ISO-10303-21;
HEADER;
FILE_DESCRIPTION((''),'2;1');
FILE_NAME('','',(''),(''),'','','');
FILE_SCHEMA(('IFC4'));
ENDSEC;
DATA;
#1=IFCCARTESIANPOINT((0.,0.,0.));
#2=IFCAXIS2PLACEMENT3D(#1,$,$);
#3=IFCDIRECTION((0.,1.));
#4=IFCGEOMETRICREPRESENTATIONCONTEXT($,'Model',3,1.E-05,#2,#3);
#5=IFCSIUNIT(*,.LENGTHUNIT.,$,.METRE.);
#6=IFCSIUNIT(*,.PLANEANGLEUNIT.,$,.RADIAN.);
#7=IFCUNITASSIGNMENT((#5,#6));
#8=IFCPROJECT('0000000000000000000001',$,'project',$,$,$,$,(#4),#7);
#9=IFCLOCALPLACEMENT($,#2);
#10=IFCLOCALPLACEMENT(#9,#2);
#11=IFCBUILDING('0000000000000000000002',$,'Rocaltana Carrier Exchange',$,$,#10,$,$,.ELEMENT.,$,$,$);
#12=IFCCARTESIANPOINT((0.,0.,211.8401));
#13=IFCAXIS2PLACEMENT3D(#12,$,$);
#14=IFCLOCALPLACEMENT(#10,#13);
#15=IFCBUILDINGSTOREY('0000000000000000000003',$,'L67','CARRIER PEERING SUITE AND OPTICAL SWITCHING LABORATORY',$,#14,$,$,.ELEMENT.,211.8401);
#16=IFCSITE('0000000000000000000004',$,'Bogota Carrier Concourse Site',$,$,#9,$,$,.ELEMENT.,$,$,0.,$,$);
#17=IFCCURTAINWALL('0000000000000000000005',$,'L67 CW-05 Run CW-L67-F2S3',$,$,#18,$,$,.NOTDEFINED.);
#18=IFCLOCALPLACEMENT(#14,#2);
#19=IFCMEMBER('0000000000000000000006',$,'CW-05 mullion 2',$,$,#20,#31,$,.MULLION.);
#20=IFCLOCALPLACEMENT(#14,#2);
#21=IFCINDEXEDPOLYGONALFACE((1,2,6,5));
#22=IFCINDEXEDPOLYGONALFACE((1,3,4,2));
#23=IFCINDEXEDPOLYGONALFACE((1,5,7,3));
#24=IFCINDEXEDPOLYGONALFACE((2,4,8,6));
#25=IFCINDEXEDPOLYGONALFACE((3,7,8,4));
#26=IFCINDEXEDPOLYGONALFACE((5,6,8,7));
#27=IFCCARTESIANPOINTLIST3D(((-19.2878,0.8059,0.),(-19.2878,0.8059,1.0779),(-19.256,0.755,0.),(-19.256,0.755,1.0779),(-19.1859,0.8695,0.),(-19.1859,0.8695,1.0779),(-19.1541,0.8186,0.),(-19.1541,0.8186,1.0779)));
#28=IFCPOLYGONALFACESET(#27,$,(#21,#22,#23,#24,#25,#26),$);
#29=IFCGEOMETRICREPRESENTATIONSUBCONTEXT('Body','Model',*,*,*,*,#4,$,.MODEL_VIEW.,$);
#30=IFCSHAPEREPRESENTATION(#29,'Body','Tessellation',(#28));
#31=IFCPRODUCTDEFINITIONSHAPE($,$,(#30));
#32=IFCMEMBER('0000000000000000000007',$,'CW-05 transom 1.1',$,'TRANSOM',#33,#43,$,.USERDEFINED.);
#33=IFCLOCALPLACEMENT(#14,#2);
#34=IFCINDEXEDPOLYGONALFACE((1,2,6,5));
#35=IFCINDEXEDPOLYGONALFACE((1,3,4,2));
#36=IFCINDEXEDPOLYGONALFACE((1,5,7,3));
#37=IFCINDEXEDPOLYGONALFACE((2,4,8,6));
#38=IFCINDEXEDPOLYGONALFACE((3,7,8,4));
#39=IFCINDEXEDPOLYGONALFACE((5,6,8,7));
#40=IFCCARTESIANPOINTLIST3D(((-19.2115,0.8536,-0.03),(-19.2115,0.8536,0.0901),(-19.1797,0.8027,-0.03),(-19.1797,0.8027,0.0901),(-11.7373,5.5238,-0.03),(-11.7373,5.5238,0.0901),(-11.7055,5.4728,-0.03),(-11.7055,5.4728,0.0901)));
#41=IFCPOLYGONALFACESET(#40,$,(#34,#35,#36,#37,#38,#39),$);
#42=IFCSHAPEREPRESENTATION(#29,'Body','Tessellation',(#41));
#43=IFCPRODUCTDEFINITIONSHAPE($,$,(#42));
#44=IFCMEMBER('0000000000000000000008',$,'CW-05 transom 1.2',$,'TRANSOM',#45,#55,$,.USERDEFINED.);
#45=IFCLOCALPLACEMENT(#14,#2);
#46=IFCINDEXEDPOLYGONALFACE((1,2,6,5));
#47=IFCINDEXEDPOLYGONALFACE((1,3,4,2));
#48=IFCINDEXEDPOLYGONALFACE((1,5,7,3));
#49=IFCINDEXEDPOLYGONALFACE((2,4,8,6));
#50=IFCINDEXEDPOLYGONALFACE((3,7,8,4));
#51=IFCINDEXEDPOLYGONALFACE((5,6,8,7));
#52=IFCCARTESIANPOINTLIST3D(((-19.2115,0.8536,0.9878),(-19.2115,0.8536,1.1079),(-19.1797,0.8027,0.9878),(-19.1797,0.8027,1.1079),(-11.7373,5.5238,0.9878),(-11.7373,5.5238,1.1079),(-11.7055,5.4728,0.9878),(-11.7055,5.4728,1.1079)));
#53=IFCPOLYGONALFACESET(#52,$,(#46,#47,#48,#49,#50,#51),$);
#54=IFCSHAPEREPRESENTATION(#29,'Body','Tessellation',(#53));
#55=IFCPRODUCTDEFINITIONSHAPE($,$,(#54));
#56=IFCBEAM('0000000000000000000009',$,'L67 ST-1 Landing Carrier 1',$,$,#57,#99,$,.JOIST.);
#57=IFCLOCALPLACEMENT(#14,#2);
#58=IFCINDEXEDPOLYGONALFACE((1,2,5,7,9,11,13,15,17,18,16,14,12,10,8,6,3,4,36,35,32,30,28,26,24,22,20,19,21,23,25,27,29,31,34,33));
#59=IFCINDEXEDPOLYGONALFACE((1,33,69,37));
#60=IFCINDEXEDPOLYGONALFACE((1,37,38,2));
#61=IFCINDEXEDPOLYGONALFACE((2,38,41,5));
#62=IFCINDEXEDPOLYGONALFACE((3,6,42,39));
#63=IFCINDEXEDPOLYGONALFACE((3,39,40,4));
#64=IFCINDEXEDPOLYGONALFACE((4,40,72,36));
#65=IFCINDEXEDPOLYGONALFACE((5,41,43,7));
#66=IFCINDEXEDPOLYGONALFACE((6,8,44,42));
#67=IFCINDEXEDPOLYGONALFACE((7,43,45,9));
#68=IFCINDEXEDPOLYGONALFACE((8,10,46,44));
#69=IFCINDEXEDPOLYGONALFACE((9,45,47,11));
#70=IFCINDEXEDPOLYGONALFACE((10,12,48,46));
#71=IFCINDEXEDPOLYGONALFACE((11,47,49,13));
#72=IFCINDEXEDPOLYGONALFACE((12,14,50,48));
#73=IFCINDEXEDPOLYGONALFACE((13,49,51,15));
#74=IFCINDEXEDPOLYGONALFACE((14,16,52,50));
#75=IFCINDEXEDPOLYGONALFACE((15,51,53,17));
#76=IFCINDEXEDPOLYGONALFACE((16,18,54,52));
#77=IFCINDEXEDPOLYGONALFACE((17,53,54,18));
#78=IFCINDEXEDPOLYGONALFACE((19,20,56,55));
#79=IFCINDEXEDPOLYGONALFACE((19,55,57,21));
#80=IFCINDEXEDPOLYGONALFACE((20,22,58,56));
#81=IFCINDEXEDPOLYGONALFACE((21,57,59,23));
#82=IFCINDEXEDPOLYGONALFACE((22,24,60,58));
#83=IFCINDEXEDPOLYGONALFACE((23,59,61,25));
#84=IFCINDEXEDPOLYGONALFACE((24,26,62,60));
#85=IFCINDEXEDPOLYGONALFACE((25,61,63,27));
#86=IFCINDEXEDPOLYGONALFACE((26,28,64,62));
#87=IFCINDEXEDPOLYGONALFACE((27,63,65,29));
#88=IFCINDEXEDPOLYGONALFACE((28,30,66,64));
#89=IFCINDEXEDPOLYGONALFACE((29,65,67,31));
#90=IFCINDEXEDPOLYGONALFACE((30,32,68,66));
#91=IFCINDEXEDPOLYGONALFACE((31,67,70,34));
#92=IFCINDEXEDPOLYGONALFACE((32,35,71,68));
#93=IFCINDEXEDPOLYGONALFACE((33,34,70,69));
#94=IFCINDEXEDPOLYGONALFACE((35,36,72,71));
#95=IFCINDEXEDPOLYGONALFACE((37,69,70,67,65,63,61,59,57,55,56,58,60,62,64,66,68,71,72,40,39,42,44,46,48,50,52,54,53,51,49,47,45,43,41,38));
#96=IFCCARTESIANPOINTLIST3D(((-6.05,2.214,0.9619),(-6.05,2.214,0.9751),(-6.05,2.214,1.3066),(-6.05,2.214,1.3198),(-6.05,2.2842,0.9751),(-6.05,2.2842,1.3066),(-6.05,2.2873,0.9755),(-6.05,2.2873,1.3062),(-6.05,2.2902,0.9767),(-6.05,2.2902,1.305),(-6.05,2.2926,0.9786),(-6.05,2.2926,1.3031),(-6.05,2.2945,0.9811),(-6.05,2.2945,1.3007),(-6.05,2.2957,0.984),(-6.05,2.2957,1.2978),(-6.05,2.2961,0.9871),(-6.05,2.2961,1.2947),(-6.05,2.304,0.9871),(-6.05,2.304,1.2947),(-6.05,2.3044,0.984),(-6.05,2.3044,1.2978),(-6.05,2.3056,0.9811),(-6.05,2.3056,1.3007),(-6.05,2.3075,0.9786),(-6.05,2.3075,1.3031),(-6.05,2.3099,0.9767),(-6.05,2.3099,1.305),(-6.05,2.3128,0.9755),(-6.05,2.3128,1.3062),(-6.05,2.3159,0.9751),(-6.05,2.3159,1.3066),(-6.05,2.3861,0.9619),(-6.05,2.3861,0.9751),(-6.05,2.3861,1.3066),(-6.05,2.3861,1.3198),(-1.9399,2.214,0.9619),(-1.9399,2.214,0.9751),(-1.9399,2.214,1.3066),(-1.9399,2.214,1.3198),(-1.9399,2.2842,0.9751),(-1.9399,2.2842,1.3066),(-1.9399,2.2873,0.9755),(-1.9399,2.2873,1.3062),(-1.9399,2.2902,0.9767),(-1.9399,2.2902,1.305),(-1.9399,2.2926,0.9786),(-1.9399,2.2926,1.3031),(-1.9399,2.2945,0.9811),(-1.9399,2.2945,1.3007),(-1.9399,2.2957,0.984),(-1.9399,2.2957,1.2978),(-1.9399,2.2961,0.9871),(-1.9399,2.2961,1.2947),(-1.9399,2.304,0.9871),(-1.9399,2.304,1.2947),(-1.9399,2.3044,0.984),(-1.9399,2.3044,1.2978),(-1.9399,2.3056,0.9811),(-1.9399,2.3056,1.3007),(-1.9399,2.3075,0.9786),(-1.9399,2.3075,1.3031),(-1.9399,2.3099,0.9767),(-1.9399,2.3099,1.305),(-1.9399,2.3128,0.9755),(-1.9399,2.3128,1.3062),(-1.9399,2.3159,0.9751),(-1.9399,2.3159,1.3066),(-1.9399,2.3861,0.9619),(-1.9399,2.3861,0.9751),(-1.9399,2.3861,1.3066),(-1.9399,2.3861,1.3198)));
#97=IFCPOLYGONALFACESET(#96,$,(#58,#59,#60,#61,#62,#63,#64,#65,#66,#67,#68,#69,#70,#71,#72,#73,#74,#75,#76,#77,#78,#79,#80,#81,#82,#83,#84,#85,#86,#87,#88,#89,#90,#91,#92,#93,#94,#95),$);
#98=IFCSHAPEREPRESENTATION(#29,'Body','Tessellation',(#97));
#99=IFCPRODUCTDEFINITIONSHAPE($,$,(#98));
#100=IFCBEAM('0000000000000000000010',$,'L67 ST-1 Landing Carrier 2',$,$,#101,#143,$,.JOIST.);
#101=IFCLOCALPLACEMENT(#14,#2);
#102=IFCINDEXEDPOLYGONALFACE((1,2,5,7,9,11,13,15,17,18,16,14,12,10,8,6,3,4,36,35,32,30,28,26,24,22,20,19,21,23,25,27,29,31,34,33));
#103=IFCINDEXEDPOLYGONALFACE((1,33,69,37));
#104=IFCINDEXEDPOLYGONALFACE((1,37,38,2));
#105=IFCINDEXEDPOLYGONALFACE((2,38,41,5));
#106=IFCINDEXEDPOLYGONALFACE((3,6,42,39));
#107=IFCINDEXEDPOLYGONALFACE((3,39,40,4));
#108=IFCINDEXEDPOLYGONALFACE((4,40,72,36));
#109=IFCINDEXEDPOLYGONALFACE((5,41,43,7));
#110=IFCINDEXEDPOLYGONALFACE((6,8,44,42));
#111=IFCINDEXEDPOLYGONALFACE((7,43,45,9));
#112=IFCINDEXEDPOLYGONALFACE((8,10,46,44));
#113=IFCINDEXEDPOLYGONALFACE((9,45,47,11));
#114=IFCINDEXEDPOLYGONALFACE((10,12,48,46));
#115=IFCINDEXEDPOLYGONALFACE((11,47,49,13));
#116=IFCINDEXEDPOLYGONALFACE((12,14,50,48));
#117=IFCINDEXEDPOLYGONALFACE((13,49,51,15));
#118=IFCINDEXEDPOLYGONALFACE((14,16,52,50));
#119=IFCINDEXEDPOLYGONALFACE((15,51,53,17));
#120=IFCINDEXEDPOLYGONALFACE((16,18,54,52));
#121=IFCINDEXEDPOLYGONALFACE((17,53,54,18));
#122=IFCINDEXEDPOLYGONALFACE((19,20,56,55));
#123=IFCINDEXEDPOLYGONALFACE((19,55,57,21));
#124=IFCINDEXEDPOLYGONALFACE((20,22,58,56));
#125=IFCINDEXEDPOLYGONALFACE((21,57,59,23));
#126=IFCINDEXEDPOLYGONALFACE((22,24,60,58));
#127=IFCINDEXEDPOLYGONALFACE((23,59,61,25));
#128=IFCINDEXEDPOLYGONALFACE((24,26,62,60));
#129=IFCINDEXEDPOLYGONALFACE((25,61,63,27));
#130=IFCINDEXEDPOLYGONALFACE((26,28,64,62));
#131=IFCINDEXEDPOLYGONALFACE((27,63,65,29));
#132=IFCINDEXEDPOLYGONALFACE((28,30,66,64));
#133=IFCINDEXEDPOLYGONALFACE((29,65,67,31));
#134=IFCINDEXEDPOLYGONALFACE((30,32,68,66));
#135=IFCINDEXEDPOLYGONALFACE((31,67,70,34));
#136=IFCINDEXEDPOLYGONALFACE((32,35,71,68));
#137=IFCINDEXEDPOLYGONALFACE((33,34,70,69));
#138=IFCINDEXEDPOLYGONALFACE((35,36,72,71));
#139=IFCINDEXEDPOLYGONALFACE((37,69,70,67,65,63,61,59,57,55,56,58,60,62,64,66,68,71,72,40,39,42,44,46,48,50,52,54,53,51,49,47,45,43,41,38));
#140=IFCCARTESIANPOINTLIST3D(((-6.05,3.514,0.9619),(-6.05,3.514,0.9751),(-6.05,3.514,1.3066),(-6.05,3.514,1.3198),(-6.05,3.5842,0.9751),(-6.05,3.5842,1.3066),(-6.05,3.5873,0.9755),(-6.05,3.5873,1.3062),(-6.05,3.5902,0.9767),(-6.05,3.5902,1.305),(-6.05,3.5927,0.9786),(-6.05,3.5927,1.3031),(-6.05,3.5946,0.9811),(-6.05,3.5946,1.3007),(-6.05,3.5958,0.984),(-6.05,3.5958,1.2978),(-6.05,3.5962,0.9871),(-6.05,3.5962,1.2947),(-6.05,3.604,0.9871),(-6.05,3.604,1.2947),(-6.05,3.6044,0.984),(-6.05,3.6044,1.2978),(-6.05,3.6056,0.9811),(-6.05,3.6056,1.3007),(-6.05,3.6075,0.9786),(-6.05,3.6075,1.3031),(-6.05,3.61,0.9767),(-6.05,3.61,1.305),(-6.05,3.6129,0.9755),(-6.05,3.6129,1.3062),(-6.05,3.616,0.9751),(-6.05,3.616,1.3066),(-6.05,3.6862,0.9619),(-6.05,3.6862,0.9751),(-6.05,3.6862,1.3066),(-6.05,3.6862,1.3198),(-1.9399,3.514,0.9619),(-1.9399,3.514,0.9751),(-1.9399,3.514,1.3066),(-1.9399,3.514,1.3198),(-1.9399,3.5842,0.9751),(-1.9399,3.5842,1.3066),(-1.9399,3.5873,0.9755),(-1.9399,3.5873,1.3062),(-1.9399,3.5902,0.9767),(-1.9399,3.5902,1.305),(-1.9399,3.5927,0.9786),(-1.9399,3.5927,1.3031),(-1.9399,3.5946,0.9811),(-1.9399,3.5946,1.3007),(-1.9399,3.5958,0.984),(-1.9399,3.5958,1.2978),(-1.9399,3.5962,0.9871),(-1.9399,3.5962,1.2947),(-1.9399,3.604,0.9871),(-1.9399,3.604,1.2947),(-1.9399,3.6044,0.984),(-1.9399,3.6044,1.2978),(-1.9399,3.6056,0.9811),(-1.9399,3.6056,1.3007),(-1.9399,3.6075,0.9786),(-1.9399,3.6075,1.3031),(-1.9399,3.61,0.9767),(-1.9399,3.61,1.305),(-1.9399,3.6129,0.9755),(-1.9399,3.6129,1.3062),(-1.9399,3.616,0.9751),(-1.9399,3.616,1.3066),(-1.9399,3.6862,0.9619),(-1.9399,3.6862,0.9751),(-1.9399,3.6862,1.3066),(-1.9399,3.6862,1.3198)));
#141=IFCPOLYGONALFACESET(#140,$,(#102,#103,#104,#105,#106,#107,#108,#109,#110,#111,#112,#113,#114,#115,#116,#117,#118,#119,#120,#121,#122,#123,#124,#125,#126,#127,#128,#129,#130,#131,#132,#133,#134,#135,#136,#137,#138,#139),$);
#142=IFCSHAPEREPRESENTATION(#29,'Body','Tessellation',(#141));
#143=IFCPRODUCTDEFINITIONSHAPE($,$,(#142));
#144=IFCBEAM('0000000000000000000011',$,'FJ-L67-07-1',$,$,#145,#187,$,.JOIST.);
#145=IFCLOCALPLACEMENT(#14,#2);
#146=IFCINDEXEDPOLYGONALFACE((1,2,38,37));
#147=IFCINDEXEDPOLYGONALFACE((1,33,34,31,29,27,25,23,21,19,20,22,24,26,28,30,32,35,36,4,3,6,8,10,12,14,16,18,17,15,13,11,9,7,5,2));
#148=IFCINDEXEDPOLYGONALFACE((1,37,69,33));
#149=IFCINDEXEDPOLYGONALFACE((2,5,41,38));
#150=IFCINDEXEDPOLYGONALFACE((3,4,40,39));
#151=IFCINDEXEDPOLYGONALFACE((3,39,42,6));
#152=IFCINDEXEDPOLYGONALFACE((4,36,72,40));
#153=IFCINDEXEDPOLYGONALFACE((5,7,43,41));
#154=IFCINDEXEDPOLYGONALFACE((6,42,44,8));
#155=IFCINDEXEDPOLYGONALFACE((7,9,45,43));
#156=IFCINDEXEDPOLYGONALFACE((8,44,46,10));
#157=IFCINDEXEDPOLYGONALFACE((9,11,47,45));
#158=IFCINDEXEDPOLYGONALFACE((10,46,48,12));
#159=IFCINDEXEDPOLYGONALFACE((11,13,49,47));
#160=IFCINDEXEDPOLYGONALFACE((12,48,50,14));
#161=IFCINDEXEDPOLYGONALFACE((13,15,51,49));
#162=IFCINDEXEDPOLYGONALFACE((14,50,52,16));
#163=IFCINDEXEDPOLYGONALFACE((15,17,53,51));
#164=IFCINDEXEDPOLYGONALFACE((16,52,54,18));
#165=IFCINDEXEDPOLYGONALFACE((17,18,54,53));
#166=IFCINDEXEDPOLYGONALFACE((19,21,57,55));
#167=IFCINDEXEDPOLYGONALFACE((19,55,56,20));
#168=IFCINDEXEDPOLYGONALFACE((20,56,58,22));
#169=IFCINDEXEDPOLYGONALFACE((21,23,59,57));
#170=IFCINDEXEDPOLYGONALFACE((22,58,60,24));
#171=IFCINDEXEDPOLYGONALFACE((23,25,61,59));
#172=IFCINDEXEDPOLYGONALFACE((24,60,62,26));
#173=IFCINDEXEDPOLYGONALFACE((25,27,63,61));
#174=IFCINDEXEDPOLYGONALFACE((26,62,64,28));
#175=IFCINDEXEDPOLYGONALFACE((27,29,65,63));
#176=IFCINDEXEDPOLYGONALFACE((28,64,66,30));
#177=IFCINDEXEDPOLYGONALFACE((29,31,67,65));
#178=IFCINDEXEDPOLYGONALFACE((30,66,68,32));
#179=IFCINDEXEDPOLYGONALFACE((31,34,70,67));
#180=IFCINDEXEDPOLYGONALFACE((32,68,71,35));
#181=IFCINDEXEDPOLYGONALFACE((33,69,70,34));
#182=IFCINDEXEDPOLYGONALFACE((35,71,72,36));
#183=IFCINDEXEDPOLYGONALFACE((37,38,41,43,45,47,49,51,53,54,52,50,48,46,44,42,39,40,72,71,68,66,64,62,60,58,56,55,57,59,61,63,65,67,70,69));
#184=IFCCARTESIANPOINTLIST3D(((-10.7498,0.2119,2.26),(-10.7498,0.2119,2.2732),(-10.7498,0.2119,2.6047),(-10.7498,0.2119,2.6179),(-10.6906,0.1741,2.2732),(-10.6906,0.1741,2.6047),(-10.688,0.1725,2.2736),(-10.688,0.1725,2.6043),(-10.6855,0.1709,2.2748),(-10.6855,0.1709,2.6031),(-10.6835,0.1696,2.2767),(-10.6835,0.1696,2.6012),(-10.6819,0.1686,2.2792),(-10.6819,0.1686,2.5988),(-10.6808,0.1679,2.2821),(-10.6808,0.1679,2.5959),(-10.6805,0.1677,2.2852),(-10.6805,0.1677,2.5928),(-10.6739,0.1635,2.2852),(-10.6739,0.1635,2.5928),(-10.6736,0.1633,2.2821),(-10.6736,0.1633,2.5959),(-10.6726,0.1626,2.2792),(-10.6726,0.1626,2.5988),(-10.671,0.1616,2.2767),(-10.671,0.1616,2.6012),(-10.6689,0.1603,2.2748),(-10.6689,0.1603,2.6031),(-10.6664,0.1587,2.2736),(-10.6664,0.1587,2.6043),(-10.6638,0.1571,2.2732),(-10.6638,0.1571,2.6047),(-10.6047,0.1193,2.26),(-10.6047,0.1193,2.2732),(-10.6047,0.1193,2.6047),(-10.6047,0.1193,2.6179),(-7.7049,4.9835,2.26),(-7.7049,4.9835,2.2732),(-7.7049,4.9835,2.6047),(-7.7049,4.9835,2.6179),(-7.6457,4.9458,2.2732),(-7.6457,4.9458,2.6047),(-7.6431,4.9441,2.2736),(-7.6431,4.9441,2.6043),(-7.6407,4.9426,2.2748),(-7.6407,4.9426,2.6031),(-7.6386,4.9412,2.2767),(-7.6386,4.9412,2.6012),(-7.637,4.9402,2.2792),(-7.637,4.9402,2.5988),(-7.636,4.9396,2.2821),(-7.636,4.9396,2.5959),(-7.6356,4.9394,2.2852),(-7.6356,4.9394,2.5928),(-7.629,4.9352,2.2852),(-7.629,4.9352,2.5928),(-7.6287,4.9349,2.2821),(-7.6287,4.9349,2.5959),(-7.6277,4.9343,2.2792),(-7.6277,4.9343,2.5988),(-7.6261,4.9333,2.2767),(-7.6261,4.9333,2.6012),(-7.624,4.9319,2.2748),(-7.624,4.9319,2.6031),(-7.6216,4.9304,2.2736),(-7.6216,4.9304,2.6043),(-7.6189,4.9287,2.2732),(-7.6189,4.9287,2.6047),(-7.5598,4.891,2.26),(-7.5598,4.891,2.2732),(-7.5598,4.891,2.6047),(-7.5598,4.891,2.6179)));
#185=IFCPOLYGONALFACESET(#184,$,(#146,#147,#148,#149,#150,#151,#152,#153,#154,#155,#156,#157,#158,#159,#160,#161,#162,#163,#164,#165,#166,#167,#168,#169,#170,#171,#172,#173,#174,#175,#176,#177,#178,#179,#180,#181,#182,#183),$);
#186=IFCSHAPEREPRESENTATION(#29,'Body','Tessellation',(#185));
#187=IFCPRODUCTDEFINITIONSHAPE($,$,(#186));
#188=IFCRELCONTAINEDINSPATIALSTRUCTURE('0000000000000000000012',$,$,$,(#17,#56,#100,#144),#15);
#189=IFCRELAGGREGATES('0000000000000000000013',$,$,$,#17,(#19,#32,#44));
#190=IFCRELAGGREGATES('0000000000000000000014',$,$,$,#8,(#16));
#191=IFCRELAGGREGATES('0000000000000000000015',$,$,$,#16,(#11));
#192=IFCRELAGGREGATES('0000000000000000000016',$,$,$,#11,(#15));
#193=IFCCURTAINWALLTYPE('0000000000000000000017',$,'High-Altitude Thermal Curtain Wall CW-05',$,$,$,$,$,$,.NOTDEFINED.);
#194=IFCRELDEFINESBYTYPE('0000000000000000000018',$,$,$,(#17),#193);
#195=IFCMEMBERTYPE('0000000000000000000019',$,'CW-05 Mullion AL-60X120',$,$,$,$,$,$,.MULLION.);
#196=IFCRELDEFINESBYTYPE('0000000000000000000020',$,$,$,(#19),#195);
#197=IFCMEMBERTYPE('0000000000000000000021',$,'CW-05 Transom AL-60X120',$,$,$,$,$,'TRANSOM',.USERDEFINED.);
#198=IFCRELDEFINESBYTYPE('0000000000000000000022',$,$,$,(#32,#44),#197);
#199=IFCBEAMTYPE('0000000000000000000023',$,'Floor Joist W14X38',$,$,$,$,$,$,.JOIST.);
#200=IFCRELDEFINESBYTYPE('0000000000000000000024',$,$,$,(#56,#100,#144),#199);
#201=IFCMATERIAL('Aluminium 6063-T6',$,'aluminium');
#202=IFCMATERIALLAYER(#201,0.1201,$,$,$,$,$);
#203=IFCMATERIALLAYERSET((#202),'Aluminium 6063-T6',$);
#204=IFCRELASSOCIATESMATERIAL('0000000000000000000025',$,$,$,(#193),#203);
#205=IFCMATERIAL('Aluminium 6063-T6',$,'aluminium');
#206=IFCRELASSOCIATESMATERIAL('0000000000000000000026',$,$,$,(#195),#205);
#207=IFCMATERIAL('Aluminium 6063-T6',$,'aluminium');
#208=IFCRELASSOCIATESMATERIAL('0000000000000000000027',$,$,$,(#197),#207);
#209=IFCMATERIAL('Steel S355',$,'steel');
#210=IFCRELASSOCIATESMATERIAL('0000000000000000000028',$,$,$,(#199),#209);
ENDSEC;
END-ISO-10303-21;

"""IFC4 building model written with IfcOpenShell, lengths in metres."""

from ifc_helpers import new_model, si_unit, direction, frame, origin, origin_2d, place, context, subcontext, project, spatial, rectangle, i_section, extrude, material, layer, layer_set, material_profile, profile_set, type_object, element, aggregate, save


model = new_model("IFC4")

# Units and contexts
model_context = context("Model", 3, precision=1e-05, world=origin(), true_north=direction((0.0, 1.0)))
body_context = subcontext(model_context, "Body", "Model", "MODEL_VIEW")
ifc_project = project(units=[si_unit("LENGTHUNIT", "METRE"), si_unit("PLANEANGLEUNIT", "RADIAN")], contexts=[model_context])

# Site, building, storey
site_placement = place(None, origin())
site = spatial("IfcSite", under=ifc_project, at=site_placement, Name="Bogota Carrier Concourse Site", CompositionType="ELEMENT", RefElevation=0.0)
building_placement = place(site_placement, origin())
building = spatial("IfcBuilding", under=site, at=building_placement, Name="Rocaltana Carrier Exchange", CompositionType="ELEMENT")
storey_placement = place(building_placement, frame((0.0, 0.0, 211.8401)))
storey = spatial("IfcBuildingStorey", under=building, at=storey_placement, Name="L67", Description="CARRIER PEERING SUITE AND OPTICAL SWITCHING LABORATORY", CompositionType="ELEMENT", Elevation=211.8401)

# Shared definitions
ifc_material_1 = material(Name="Aluminium 6063-T6", Category="aluminium")
ifc_layer_1 = layer(ifc_material_1, 0.1201)
ifc_layer_set_1 = layer_set([ifc_layer_1], Name="Aluminium 6063-T6")
curtain_wall_type = type_object("IfcCurtainWallType", Name="High-Altitude Thermal Curtain Wall CW-05", PredefinedType="NOTDEFINED", material=ifc_layer_set_1)
ifc_material_2 = material(Name="Aluminium 6063-T6", Category="aluminium")
ifc_material_profile_1 = material_profile(ifc_material_2, rectangle(XDim=0.0601, YDim=0.1201, at=origin_2d()), Name="AL-60X120")
ifc_profile_set_1 = profile_set([ifc_material_profile_1], Name="Aluminium 6063-T6")
member_type_1 = type_object("IfcMemberType", Name="CW-05 Mullion AL-60X120", PredefinedType="MULLION", material=ifc_profile_set_1)

# Curtain wall, members
curtain_wall_1_placement = place(storey_placement, origin())
curtain_wall_1 = element("IfcCurtainWall", 1, at=curtain_wall_1_placement, inside=storey, type_object=curtain_wall_type, Name="L67 CW-05 Run CW-L67-F2S3", PredefinedType="NOTDEFINED")
member_1_placement = place(storey_placement, frame((-19.2209, 0.8123, 0.0), z_axis=(0.0, 0.0, 1.0), x_axis=(0.529915, -0.84805, 0.0)))
member_1 = element("IfcMember", 2, at=member_1_placement, type_object=member_type_1, Name="CW-05 mullion 2", PredefinedType="MULLION", context=body_context, shape_type="SweptSolid", body=[
    extrude(rectangle(XDim=0.0601, YDim=0.1201, at=origin_2d()), origin(), (0.0, 0.0, 1.0), 1.0779),
])
ifc_material_3 = material(Name="Aluminium 6063-T6", Category="aluminium")
ifc_material_profile_2 = material_profile(ifc_material_3, rectangle(XDim=0.0601, YDim=0.1201, at=origin_2d()), Name="AL-60X120")
ifc_profile_set_2 = profile_set([ifc_material_profile_2], Name="Aluminium 6063-T6")
member_type_2 = type_object("IfcMemberType", Name="CW-05 Transom AL-60X120", ElementType="TRANSOM", PredefinedType="USERDEFINED", material=ifc_profile_set_2)
member_2_placement = place(storey_placement, frame((-11.7214, 5.4983, 0.03), z_axis=(-0.848057, -0.529904, 0.0), x_axis=(0.529904, -0.848057, 0.0)))
member_2 = element("IfcMember", 3, at=member_2_placement, type_object=member_type_2, Name="CW-05 transom 1.1", ObjectType="TRANSOM", PredefinedType="USERDEFINED", context=body_context, shape_type="SweptSolid", body=[
    extrude(rectangle(XDim=0.0601, YDim=0.1201, at=origin_2d()), origin(), (0.0, 0.0, 1.0), 8.8132),
])
member_3_placement = place(storey_placement, frame((-11.7214, 5.4983, 1.0479), z_axis=(-0.848057, -0.529904, 0.0), x_axis=(0.529904, -0.848057, 0.0)))
member_3 = element("IfcMember", 4, at=member_3_placement, type_object=member_type_2, Name="CW-05 transom 1.2", ObjectType="TRANSOM", PredefinedType="USERDEFINED", context=body_context, shape_type="SweptSolid", body=[
    extrude(rectangle(XDim=0.0601, YDim=0.1201, at=origin_2d()), origin(), (0.0, 0.0, 1.0), 8.8132),
])

# Beams
ifc_material_4 = material(Name="Steel S355", Category="steel")
ifc_material_profile_3 = material_profile(ifc_material_4, i_section(OverallWidth=0.1721, OverallDepth=0.3579, WebThickness=0.0078, FlangeThickness=0.0132, FilletRadius=0.012, at=origin_2d()), Name="W14X38")
ifc_profile_set_3 = profile_set([ifc_material_profile_3], Name="Steel S355")
beam_type_1 = type_object("IfcBeamType", Name="Floor Joist W14X38", PredefinedType="JOIST", material=ifc_profile_set_3)
for number, where, z_axis, x_axis, name in (
    (5, (-6.05, 2.3, 1.1409), (1.0, 0.0, 0.0), (0.0, 1.0, 0.0), "L67 ST-1 Landing Carrier 1"),
    (6, (-6.05, 3.6001, 1.1409), (1.0, 0.0, 0.0), (0.0, 1.0, 0.0), "L67 ST-1 Landing Carrier 2"),
):
    element("IfcBeam", number, at=place(storey_placement, frame(where, z_axis=z_axis, x_axis=x_axis)), inside=storey, type_object=beam_type_1, Name=name, PredefinedType="JOIST", context=body_context, shape_type="SweptSolid", body=[
        extrude(i_section(OverallWidth=0.1721, OverallDepth=0.3579, WebThickness=0.0078, FlangeThickness=0.0132, FilletRadius=0.012, at=origin_2d()), origin(), (0.0, 0.0, 1.0), 4.1101),
    ])
beam_1_placement = place(storey_placement, frame((-7.6323, 4.9373, 2.439), z_axis=(-0.537927, -0.842991, 0.0), x_axis=(0.842991, -0.537927, 0.0)))
element("IfcBeam", 7, at=beam_1_placement, inside=storey, type_object=beam_type_1, Name="FJ-L67-07-1", PredefinedType="JOIST", context=body_context, shape_type="SweptSolid", body=[
    extrude(i_section(OverallWidth=0.1721, OverallDepth=0.3579, WebThickness=0.0078, FlangeThickness=0.0132, FilletRadius=0.012, at=origin_2d()), origin(), (0.0, 0.0, 1.0), 5.6604),
])

aggregate(curtain_wall_1, [member_1, member_2, member_3])

save(model, "model.ifc")
